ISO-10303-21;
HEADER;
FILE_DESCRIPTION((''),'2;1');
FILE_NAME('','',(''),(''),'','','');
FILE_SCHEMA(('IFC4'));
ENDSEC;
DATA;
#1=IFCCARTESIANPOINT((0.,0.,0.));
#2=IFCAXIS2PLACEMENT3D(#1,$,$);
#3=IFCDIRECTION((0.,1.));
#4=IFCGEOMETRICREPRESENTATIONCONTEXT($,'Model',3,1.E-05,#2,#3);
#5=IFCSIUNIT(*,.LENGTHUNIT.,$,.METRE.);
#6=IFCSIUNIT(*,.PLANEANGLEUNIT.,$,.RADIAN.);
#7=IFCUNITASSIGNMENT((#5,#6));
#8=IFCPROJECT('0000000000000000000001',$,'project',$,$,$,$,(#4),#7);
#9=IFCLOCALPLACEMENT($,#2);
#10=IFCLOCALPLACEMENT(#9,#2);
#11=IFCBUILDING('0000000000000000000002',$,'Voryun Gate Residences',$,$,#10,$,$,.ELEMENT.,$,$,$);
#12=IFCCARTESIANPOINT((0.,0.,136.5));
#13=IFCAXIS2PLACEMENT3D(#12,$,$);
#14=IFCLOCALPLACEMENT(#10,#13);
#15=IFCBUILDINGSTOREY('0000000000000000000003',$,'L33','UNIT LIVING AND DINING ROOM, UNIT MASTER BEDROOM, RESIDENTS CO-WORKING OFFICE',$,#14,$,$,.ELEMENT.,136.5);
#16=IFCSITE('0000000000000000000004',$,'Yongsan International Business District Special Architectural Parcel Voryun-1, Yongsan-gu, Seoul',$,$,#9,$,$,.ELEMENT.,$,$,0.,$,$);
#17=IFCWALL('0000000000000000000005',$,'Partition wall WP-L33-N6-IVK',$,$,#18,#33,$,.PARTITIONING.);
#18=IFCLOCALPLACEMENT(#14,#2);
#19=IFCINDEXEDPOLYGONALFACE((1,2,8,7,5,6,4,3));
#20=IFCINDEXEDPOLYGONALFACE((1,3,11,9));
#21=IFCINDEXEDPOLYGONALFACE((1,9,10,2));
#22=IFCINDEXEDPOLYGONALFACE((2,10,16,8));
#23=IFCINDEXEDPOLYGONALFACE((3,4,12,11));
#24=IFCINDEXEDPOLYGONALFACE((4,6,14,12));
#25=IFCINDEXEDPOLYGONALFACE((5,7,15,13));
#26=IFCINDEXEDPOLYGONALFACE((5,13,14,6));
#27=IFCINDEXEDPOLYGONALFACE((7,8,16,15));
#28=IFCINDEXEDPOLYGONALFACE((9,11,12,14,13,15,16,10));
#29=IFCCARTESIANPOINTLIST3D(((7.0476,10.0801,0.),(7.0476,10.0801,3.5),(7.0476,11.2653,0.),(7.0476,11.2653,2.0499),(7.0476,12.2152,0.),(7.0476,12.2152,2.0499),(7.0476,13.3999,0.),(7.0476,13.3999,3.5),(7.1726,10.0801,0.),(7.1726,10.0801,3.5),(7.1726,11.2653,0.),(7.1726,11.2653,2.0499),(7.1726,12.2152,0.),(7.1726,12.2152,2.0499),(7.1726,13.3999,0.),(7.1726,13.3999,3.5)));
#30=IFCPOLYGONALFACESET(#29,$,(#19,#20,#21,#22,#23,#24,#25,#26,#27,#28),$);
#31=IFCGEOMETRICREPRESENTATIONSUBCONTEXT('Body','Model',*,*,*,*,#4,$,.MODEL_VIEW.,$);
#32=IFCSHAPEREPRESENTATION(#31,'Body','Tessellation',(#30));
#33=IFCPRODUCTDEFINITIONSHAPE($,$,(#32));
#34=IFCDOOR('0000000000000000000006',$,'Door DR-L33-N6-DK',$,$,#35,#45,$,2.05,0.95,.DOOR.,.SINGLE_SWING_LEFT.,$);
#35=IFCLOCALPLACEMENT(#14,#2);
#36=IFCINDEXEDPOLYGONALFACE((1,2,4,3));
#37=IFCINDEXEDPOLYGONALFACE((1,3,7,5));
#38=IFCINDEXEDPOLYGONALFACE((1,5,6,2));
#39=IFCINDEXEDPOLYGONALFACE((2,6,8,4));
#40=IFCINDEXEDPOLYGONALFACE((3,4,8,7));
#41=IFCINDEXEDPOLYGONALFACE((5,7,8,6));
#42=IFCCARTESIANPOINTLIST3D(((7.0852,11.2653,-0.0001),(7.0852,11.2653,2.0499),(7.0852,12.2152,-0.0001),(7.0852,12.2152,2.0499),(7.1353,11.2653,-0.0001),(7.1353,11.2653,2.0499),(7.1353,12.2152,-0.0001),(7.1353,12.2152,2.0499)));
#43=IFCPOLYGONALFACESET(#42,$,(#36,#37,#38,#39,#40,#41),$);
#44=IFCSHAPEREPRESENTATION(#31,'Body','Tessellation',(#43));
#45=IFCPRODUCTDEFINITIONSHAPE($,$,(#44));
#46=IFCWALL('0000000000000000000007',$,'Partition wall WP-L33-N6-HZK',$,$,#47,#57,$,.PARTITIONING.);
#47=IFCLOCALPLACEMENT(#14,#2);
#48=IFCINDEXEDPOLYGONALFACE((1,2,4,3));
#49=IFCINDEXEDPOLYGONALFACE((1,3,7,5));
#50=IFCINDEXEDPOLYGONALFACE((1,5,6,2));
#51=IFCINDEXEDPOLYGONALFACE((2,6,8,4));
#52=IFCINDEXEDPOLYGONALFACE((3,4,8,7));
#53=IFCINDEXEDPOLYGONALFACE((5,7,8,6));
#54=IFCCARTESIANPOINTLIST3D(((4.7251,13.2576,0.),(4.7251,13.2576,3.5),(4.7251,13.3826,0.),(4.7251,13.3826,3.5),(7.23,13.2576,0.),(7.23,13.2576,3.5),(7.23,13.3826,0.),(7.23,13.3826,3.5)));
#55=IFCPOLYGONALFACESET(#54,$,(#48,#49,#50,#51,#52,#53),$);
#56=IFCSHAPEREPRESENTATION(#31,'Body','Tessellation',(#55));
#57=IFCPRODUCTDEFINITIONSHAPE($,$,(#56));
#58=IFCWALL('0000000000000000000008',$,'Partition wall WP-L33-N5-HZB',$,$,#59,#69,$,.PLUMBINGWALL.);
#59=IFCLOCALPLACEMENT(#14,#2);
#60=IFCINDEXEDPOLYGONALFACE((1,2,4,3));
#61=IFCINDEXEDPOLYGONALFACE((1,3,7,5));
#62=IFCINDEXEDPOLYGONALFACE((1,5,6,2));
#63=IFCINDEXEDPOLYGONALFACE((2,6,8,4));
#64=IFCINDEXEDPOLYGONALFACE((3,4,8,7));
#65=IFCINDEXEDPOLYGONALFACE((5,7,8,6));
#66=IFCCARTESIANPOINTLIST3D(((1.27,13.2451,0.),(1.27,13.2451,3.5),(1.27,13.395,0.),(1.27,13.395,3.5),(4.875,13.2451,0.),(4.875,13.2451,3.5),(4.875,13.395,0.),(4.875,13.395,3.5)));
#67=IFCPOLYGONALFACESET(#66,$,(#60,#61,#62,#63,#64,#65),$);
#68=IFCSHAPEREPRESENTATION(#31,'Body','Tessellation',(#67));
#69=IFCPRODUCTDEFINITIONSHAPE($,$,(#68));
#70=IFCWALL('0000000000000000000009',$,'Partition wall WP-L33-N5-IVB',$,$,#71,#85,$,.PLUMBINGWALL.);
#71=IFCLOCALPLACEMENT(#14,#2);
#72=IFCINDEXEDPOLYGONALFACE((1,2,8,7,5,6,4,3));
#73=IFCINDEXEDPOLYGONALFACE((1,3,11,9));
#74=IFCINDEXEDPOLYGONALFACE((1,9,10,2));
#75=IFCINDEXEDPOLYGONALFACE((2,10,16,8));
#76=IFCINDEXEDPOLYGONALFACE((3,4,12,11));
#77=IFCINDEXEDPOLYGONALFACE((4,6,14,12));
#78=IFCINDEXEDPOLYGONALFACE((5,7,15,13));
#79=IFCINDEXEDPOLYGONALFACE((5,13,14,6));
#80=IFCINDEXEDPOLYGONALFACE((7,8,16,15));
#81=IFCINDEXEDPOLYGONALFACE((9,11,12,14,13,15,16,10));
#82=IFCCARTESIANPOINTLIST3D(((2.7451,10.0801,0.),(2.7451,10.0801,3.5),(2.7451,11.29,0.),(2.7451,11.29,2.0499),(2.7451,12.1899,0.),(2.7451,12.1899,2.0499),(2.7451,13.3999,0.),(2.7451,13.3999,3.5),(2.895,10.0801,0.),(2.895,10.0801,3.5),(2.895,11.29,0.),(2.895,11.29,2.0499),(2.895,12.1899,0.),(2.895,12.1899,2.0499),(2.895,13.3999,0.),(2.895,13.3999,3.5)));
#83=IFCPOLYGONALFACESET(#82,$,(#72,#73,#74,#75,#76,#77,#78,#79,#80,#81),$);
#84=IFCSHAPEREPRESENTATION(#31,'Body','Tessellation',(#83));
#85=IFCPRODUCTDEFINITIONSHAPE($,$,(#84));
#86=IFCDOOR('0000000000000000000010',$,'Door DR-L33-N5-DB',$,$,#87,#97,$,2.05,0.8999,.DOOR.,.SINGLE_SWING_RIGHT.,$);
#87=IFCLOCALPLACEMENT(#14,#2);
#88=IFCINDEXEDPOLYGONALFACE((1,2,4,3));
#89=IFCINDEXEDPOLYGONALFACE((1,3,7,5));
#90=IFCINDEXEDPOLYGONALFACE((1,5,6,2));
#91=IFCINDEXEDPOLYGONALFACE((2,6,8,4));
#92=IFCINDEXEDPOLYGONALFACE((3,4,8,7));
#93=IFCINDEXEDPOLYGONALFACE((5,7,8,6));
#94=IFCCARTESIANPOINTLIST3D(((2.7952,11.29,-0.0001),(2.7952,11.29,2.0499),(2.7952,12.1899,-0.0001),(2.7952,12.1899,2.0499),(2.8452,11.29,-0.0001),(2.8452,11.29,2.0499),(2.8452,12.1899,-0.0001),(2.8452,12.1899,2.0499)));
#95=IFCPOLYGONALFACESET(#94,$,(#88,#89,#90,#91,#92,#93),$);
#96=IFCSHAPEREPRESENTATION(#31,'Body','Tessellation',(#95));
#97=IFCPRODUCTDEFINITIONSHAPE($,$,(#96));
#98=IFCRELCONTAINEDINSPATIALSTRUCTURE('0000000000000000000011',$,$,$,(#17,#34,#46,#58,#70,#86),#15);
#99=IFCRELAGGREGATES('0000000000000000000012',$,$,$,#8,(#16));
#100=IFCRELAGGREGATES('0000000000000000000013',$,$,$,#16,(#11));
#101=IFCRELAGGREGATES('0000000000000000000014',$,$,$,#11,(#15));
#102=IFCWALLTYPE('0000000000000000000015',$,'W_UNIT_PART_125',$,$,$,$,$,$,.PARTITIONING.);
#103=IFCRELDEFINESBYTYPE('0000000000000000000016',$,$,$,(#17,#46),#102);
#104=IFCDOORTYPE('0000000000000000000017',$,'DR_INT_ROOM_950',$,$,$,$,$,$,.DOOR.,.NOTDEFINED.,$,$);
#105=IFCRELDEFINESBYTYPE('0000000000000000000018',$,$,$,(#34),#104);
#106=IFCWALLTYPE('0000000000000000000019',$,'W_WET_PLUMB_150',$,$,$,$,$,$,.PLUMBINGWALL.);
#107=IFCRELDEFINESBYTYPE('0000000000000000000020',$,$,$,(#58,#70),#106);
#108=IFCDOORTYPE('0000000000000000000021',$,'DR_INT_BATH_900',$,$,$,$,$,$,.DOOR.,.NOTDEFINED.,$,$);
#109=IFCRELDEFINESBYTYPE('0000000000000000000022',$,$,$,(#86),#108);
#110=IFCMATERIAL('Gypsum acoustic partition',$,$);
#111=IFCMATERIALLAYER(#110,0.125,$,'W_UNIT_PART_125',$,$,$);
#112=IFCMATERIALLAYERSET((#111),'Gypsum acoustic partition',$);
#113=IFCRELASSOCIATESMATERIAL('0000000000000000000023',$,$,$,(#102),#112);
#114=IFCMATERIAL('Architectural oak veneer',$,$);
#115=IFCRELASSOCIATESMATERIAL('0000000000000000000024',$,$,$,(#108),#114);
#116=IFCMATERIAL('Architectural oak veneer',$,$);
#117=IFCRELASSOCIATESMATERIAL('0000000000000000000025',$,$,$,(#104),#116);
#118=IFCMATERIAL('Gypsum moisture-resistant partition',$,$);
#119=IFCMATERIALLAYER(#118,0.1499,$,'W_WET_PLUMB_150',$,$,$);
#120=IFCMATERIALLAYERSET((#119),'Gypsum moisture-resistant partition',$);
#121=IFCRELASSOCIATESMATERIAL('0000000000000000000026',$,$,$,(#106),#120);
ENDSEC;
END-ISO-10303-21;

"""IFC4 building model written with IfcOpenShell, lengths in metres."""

from ifc_helpers import new_model, si_unit, direction, frame, frame_2d, origin, place, context, subcontext, project, spatial, rectangle, extrude, material, layer, layer_set, type_object, element, fill, save


model = new_model("IFC4")

# Units and contexts
model_context = context("Model", 3, precision=1e-05, world=origin(), true_north=direction((0.0, 1.0)))
body_context = subcontext(model_context, "Body", "Model", "MODEL_VIEW")
ifc_project = project(units=[si_unit("LENGTHUNIT", "METRE"), si_unit("PLANEANGLEUNIT", "RADIAN")], contexts=[model_context])

# Site, building, storey
site_placement = place(None, origin())
site = spatial("IfcSite", under=ifc_project, at=site_placement, Name="Yongsan International Business District Special Architectural Parcel Voryun-1, Yongsan-gu, Seoul", CompositionType="ELEMENT", RefElevation=0.0)
building_placement = place(site_placement, origin())
building = spatial("IfcBuilding", under=site, at=building_placement, Name="Voryun Gate Residences", CompositionType="ELEMENT")
storey_placement = place(building_placement, frame((0.0, 0.0, 136.5)))
storey = spatial("IfcBuildingStorey", under=building, at=storey_placement, Name="L33", Description="UNIT LIVING AND DINING ROOM, UNIT MASTER BEDROOM, RESIDENTS CO-WORKING OFFICE", CompositionType="ELEMENT", Elevation=136.5)

# Shared definitions
ifc_material_1 = material(Name="Gypsum acoustic partition")
ifc_layer_1 = layer(ifc_material_1, 0.125, Name="W_UNIT_PART_125")
ifc_layer_set_1 = layer_set([ifc_layer_1], Name="Gypsum acoustic partition")
wall_type_1 = type_object("IfcWallType", Name="W_UNIT_PART_125", PredefinedType="PARTITIONING", material=ifc_layer_set_1)
ifc_material_2 = material(Name="Architectural oak veneer")
door_type_1 = type_object("IfcDoorType", Name="DR_INT_BATH_900", OperationType="NOTDEFINED", PredefinedType="DOOR", material=ifc_material_2)
ifc_material_3 = material(Name="Architectural oak veneer")
door_type_2 = type_object("IfcDoorType", Name="DR_INT_ROOM_950", OperationType="NOTDEFINED", PredefinedType="DOOR", material=ifc_material_3)

# Wall, opening, door
wall_1_placement = place(storey_placement, frame((7.1101, 10.0801, 0.0), z_axis=(0.0, 0.0, 1.0), x_axis=(0.0, 1.0, 0.0)))
wall_1 = element("IfcWall", 1, at=wall_1_placement, inside=storey, type_object=wall_type_1, Name="Partition wall WP-L33-N6-IVK", PredefinedType="PARTITIONING", context=body_context, shape_type="SweptSolid", body=[
    extrude(rectangle(XDim=3.3198, YDim=0.125, at=frame_2d((1.6599, 0.0))), origin(), (0.0, 0.0, 1.0), 3.5),
])
opening_1_placement = place(wall_1_placement, frame((1.1851, 0.0, 0.0)))
opening_1 = element("IfcOpeningElement", 2, at=opening_1_placement, cuts=wall_1, PredefinedType="OPENING", context=body_context, shape_type="SweptSolid", body=[
    extrude(rectangle(XDim=0.95, YDim=2.05, at=frame_2d((0.4751, 1.0249))), frame((0.0, 0.0725, 0.0), z_axis=(0.0, -1.0, 0.0), x_axis=(1.0, 0.0, 0.0)), (0.0, 0.0, 1.0), 0.145),
])
door_1_placement = place(opening_1_placement, origin())
door_1 = element("IfcDoor", 3, at=door_1_placement, inside=storey, type_object=door_type_2, Name="Door DR-L33-N6-DK", OperationType="SINGLE_SWING_LEFT", OverallHeight=2.05, OverallWidth=0.95, PredefinedType="DOOR", context=body_context, shape_type="SweptSolid", body=[
    extrude(rectangle(XDim=0.95, YDim=2.05, at=frame_2d((0.4751, 1.0249))), frame((0.0, 0.0249, 0.0), z_axis=(0.0, -1.0, 0.0), x_axis=(1.0, 0.0, 0.0)), (0.0, 0.0, 1.0), 0.05),
])
fill(opening_1, door_1)

# Walls
wall_2_placement = place(storey_placement, frame((4.7251, 13.3201, 0.0), z_axis=(0.0, 0.0, 1.0), x_axis=(1.0, 0.0, 0.0)))
element("IfcWall", 4, at=wall_2_placement, inside=storey, type_object=wall_type_1, Name="Partition wall WP-L33-N6-HZK", PredefinedType="PARTITIONING", context=body_context, shape_type="SweptSolid", body=[
    extrude(rectangle(XDim=2.5049, YDim=0.125, at=frame_2d((1.2524, 0.0))), origin(), (0.0, 0.0, 1.0), 3.5),
])
ifc_material_4 = material(Name="Gypsum moisture-resistant partition")
ifc_layer_2 = layer(ifc_material_4, 0.1499, Name="W_WET_PLUMB_150")
ifc_layer_set_2 = layer_set([ifc_layer_2], Name="Gypsum moisture-resistant partition")
wall_type_2 = type_object("IfcWallType", Name="W_WET_PLUMB_150", PredefinedType="PLUMBINGWALL", material=ifc_layer_set_2)
wall_3_placement = place(storey_placement, frame((1.27, 13.3201, 0.0), z_axis=(0.0, 0.0, 1.0), x_axis=(1.0, 0.0, 0.0)))
element("IfcWall", 5, at=wall_3_placement, inside=storey, type_object=wall_type_2, Name="Partition wall WP-L33-N5-HZB", PredefinedType="PLUMBINGWALL", context=body_context, shape_type="SweptSolid", body=[
    extrude(rectangle(XDim=3.605, YDim=0.1499, at=frame_2d((1.8025, 0.0))), origin(), (0.0, 0.0, 1.0), 3.5),
])

# Wall, opening, door
wall_4_placement = place(storey_placement, frame((2.8201, 10.0801, 0.0), z_axis=(0.0, 0.0, 1.0), x_axis=(0.0, 1.0, 0.0)))
wall_4 = element("IfcWall", 6, at=wall_4_placement, inside=storey, type_object=wall_type_2, Name="Partition wall WP-L33-N5-IVB", PredefinedType="PLUMBINGWALL", context=body_context, shape_type="SweptSolid", body=[
    extrude(rectangle(XDim=3.3198, YDim=0.1499, at=frame_2d((1.6599, 0.0))), origin(), (0.0, 0.0, 1.0), 3.5),
])
opening_2_placement = place(wall_4_placement, frame((1.21, 0.0, 0.0)))
opening_2 = element("IfcOpeningElement", 7, at=opening_2_placement, cuts=wall_4, PredefinedType="OPENING", context=body_context, shape_type="SweptSolid", body=[
    extrude(rectangle(XDim=0.8999, YDim=2.05, at=frame_2d((0.45, 1.0249))), frame((0.0, 0.085, 0.0), z_axis=(0.0, -1.0, 0.0), x_axis=(1.0, 0.0, 0.0)), (0.0, 0.0, 1.0), 0.1699),
])
door_2_placement = place(opening_2_placement, origin())
door_2 = element("IfcDoor", 8, at=door_2_placement, inside=storey, type_object=door_type_1, Name="Door DR-L33-N5-DB", OperationType="SINGLE_SWING_RIGHT", OverallHeight=2.05, OverallWidth=0.8999, PredefinedType="DOOR", context=body_context, shape_type="SweptSolid", body=[
    extrude(rectangle(XDim=0.8999, YDim=2.05, at=frame_2d((0.45, 1.0249))), frame((0.0, 0.0249, 0.0), z_axis=(0.0, -1.0, 0.0), x_axis=(1.0, 0.0, 0.0)), (0.0, 0.0, 1.0), 0.05),
])
fill(opening_2, door_2)

save(model, "model.ifc")
